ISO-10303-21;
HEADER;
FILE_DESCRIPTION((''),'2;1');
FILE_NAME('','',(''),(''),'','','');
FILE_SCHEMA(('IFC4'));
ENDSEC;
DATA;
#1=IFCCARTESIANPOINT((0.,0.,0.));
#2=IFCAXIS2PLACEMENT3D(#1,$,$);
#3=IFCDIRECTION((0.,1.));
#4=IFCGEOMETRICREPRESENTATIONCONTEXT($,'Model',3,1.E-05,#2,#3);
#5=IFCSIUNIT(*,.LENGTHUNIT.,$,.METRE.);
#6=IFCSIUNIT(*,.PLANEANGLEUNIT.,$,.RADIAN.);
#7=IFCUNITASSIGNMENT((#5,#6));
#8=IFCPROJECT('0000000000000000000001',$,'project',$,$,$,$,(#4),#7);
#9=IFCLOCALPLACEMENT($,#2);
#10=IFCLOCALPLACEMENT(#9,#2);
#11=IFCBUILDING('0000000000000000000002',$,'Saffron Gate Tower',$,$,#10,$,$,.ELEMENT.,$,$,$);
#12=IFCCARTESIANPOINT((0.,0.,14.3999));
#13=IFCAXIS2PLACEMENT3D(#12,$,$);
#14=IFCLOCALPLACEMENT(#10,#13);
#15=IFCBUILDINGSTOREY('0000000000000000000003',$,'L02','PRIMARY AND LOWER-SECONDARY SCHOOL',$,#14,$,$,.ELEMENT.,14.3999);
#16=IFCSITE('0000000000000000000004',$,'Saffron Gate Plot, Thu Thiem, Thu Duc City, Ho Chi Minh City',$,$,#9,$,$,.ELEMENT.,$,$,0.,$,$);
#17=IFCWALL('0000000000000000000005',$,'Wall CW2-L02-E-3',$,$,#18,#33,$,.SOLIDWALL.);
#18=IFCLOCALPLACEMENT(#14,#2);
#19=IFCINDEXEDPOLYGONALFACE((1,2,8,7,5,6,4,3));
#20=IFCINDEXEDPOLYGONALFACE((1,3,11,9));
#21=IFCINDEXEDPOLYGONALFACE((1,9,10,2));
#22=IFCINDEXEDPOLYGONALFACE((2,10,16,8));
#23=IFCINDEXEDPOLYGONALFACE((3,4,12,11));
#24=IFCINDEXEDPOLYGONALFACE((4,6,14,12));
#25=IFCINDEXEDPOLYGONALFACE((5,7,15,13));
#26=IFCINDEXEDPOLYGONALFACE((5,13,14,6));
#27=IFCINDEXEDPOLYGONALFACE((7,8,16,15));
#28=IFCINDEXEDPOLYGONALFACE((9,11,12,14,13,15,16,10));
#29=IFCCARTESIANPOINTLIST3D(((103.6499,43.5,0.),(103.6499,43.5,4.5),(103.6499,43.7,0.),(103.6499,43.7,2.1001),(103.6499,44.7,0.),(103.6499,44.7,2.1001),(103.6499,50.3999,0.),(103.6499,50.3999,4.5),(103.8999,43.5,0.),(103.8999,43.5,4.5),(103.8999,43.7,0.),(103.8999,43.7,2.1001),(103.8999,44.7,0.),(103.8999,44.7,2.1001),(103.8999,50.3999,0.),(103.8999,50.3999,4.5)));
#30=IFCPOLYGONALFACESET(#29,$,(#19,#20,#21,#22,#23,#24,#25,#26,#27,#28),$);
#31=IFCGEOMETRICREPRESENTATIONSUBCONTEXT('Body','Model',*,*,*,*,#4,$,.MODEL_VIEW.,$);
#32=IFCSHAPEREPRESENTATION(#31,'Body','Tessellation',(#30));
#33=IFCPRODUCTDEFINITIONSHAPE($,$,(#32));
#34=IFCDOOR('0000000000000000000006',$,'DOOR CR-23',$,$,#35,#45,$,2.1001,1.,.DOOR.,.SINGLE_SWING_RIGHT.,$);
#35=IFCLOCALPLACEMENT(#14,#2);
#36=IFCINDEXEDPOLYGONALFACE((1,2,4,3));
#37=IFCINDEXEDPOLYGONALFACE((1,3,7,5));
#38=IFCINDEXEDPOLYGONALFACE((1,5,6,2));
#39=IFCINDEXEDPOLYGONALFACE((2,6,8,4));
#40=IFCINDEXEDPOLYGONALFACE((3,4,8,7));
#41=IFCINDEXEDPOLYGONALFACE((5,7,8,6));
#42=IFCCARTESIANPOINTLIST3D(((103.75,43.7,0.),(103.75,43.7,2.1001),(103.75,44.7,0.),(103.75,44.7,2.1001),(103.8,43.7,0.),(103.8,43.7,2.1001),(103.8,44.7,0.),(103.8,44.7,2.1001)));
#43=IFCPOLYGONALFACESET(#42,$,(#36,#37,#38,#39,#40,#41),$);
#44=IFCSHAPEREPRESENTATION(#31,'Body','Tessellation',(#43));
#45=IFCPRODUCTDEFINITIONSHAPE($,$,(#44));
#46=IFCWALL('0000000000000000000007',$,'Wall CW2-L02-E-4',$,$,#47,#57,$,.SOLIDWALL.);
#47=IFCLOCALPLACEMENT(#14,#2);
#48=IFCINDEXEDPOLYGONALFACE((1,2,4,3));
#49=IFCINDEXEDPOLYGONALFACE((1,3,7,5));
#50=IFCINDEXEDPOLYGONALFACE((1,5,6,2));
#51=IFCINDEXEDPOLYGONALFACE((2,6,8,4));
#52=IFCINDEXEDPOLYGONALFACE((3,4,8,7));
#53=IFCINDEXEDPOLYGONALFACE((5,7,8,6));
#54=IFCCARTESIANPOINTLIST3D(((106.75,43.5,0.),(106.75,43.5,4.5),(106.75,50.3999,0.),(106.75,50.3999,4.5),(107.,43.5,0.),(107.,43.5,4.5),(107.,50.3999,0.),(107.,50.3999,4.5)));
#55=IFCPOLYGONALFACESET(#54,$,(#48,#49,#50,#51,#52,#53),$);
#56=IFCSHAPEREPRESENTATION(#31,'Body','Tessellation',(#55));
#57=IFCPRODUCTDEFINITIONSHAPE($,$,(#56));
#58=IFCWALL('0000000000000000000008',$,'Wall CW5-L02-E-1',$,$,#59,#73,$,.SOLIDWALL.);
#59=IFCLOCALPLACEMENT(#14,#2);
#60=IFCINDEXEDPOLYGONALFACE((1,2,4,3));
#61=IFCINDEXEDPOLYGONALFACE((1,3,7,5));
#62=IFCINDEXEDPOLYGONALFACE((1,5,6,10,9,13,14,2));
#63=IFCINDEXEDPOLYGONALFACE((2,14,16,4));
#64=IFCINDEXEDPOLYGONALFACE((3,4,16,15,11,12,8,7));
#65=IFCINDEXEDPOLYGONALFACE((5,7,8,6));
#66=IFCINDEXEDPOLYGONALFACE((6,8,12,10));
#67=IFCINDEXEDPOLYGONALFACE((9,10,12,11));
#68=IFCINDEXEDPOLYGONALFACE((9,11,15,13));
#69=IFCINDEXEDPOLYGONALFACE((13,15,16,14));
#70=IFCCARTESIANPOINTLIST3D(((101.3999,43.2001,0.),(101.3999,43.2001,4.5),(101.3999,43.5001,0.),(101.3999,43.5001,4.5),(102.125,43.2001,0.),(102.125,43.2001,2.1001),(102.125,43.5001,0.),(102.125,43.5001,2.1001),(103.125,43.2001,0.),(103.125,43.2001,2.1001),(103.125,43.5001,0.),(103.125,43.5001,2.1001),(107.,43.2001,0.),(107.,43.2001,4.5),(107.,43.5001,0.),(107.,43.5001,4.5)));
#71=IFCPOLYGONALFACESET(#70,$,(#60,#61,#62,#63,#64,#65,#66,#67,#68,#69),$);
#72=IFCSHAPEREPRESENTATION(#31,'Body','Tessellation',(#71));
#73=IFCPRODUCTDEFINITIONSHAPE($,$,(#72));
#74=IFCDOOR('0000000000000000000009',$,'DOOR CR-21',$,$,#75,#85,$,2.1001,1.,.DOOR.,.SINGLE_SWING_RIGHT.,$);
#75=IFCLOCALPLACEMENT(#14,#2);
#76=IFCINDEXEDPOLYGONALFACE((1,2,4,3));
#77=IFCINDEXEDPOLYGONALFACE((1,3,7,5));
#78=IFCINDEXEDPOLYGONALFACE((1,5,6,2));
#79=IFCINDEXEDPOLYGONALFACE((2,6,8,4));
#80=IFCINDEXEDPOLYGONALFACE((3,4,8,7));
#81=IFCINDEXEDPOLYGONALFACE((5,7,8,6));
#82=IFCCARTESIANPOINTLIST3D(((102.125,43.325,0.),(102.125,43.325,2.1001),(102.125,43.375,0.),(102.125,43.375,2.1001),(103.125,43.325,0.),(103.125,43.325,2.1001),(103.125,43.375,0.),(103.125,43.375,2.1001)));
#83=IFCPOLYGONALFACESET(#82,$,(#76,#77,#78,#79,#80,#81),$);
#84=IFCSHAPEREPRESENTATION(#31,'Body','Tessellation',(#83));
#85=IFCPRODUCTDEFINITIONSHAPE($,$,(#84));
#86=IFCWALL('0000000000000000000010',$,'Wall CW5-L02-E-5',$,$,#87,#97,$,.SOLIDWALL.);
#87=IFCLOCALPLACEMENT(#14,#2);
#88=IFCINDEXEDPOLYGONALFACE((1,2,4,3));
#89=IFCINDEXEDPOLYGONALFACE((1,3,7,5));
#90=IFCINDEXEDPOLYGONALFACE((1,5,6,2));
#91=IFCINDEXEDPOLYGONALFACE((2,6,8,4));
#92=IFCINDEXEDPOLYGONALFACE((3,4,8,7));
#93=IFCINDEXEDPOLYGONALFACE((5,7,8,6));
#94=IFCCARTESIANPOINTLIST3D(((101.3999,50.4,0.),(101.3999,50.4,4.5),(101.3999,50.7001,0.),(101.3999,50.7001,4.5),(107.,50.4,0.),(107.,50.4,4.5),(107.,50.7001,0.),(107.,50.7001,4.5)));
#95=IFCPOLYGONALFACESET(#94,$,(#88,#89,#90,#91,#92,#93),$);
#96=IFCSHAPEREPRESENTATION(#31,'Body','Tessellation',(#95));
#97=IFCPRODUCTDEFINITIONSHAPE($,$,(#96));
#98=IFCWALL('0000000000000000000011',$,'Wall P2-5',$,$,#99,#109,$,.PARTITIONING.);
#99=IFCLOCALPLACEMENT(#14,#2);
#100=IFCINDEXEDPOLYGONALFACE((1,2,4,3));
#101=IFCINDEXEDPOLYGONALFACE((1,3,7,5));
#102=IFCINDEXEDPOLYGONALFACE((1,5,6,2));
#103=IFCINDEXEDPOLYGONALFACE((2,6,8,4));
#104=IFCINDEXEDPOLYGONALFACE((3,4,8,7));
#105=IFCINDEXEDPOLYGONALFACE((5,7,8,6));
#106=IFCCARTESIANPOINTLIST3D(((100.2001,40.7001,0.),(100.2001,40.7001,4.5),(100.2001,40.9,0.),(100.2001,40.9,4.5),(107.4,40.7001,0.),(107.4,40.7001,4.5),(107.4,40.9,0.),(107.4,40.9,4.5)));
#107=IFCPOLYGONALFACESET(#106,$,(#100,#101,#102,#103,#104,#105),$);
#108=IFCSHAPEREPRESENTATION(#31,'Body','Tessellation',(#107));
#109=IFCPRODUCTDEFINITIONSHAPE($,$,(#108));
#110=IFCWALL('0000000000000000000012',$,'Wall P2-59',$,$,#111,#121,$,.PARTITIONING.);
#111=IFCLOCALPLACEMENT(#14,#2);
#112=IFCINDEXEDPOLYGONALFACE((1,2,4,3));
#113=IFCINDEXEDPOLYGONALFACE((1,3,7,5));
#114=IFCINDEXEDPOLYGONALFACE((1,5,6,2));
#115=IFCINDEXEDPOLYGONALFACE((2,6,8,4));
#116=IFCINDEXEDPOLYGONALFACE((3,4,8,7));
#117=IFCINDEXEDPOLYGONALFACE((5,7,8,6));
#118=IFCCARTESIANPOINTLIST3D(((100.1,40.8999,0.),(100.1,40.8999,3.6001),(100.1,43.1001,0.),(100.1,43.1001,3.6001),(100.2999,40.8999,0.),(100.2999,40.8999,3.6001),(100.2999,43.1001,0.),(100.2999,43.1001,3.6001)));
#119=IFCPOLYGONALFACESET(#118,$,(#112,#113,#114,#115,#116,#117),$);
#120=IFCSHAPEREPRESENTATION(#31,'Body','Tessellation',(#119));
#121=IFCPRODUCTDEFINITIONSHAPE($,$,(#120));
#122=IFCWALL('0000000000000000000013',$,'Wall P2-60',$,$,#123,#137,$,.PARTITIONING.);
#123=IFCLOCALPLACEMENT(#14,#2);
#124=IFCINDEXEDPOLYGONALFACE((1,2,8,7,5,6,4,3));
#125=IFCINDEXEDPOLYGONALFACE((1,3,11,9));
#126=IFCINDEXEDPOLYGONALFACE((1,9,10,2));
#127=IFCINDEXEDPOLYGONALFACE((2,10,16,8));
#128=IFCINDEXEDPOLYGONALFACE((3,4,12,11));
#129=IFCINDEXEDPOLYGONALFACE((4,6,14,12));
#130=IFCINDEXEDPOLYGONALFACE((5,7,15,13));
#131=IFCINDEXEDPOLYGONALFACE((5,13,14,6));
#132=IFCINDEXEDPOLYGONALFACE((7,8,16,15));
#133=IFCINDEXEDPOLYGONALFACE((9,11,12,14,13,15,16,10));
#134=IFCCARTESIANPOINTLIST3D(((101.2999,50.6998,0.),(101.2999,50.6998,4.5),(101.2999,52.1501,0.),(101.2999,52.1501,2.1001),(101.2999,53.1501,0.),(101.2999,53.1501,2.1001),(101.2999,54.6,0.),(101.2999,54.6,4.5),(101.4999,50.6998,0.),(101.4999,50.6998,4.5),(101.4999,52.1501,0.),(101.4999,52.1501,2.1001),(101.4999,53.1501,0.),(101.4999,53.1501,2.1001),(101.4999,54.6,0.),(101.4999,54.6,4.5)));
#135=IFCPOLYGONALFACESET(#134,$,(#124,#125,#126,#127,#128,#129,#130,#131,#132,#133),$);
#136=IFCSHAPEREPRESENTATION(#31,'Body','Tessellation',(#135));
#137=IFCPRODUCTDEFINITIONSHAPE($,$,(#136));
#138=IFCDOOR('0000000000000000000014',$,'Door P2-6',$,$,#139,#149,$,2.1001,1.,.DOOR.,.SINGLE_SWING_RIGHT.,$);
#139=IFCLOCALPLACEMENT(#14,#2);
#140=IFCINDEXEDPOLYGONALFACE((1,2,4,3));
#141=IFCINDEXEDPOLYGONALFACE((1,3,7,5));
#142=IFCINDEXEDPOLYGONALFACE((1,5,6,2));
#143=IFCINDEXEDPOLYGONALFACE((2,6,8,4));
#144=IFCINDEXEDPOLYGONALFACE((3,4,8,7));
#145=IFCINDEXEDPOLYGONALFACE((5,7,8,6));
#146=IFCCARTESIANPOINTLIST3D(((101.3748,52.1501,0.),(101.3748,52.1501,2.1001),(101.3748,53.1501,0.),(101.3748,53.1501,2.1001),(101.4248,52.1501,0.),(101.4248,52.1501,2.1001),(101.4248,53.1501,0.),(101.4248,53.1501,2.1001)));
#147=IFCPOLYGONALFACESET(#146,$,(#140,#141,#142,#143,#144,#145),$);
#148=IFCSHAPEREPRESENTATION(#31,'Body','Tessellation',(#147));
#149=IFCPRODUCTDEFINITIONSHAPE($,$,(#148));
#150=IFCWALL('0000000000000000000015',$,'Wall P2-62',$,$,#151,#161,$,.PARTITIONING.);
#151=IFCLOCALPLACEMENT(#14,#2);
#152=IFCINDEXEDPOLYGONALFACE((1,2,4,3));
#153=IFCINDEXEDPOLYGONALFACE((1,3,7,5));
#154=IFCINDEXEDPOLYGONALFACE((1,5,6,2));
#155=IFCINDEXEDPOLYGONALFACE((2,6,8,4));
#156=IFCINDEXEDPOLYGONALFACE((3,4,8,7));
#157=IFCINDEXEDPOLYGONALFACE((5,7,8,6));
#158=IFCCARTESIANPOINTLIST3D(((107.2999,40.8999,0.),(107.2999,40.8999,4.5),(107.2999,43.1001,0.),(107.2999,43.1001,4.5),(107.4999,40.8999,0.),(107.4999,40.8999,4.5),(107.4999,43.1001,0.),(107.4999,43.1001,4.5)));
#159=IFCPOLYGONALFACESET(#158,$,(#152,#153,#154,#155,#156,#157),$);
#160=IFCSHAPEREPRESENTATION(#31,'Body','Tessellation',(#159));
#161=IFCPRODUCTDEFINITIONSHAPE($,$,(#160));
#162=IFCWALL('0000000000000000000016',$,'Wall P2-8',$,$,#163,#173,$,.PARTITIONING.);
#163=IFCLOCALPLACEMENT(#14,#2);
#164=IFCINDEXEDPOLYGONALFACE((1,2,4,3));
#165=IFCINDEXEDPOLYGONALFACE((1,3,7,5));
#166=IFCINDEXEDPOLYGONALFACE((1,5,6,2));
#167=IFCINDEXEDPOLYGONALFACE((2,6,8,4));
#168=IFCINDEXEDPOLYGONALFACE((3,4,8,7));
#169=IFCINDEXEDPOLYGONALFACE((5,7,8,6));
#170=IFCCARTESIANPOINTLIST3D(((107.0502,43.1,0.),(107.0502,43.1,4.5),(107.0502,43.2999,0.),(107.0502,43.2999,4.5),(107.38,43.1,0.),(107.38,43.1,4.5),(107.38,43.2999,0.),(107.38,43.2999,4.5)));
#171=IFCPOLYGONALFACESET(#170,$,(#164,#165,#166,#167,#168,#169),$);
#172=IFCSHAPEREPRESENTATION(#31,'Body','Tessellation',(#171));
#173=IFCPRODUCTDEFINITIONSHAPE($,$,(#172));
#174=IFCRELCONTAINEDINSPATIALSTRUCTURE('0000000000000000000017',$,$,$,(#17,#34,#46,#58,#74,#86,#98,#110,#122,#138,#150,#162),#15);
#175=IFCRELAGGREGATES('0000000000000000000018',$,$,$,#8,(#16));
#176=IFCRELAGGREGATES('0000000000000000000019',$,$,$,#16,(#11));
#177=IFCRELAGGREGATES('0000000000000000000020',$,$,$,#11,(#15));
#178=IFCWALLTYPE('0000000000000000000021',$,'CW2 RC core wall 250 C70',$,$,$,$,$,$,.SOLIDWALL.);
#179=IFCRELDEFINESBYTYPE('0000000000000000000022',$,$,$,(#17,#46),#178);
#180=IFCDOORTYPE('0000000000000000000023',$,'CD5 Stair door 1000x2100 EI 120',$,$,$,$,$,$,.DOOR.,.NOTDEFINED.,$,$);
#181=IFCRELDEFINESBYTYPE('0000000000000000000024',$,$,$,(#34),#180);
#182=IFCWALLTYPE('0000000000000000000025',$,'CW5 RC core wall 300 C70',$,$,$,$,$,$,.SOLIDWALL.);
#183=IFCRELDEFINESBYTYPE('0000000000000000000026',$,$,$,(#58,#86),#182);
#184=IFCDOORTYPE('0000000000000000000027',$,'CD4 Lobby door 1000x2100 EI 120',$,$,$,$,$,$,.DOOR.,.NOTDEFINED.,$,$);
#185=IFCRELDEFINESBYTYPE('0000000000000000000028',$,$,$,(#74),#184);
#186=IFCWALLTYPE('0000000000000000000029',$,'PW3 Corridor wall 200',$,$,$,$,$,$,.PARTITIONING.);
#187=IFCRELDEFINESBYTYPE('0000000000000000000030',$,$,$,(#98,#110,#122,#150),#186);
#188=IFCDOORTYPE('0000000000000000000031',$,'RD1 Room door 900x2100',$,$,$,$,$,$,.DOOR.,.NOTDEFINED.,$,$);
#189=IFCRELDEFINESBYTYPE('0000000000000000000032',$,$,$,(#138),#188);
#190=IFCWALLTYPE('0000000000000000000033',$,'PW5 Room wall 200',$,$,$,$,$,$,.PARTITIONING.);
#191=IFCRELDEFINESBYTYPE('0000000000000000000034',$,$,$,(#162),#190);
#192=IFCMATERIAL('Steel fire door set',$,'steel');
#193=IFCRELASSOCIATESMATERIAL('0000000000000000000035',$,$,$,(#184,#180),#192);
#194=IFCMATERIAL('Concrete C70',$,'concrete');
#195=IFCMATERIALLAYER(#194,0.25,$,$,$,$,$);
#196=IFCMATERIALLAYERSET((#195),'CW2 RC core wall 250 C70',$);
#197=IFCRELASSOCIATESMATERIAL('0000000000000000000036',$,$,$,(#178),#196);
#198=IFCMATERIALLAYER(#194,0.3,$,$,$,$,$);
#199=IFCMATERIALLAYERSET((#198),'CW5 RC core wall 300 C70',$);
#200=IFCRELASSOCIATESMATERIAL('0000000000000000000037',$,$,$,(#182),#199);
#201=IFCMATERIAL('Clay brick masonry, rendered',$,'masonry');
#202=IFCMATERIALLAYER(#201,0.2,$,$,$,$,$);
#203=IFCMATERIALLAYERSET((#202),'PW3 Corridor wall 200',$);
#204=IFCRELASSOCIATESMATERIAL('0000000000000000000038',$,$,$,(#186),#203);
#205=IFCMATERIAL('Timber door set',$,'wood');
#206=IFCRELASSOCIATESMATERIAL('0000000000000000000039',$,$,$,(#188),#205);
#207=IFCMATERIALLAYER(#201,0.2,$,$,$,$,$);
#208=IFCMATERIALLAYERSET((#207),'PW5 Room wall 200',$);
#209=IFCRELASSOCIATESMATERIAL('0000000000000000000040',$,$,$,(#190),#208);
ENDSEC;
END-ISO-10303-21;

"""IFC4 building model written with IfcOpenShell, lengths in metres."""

from ifc_helpers import new_model, si_unit, direction, frame, frame_2d, origin, place, context, subcontext, project, spatial, rectangle, extrude, material, layer, layer_set, type_object, element, fill, save


model = new_model("IFC4")

# Units and contexts
model_context = context("Model", 3, precision=1e-05, world=origin(), true_north=direction((0.0, 1.0)))
body_context = subcontext(model_context, "Body", "Model", "MODEL_VIEW")
ifc_project = project(units=[si_unit("LENGTHUNIT", "METRE"), si_unit("PLANEANGLEUNIT", "RADIAN")], contexts=[model_context])

# Site, building, storey
site_placement = place(None, origin())
site = spatial("IfcSite", under=ifc_project, at=site_placement, Name="Saffron Gate Plot, Thu Thiem, Thu Duc City, Ho Chi Minh City", CompositionType="ELEMENT", RefElevation=0.0)
building_placement = place(site_placement, origin())
building = spatial("IfcBuilding", under=site, at=building_placement, Name="Saffron Gate Tower", CompositionType="ELEMENT")
storey_placement = place(building_placement, frame((0.0, 0.0, 14.3999)))
storey = spatial("IfcBuildingStorey", under=building, at=storey_placement, Name="L02", Description="PRIMARY AND LOWER-SECONDARY SCHOOL", CompositionType="ELEMENT", Elevation=14.3999)

# Wall, opening, door
ifc_material_1 = material(Name="Steel fire door set", Category="steel")
door_type_1 = type_object("IfcDoorType", Name="CD4 Lobby door 1000x2100 EI 120", OperationType="NOTDEFINED", PredefinedType="DOOR", material=ifc_material_1)
ifc_material_2 = material(Name="Concrete C70", Category="concrete")
ifc_layer_1 = layer(ifc_material_2, 0.25)
ifc_layer_set_1 = layer_set([ifc_layer_1], Name="CW2 RC core wall 250 C70")
wall_type_1 = type_object("IfcWallType", Name="CW2 RC core wall 250 C70", PredefinedType="SOLIDWALL", material=ifc_layer_set_1)
wall_1_placement = place(storey_placement, frame((103.7749, 43.5, 0.0), z_axis=(0.0, 0.0, 1.0), x_axis=(0.0, 1.0, 0.0)))
wall_1 = element("IfcWall", 1, at=wall_1_placement, inside=storey, type_object=wall_type_1, Name="Wall CW2-L02-E-3", PredefinedType="SOLIDWALL", context=body_context, shape_type="SweptSolid", body=[
    extrude(rectangle(XDim=6.8999, YDim=0.25, at=frame_2d((3.45, 0.0))), origin(), (0.0, 0.0, 1.0), 4.5),
])
opening_1_placement = place(wall_1_placement, frame((0.2, 0.0, 0.0)))
opening_1 = element("IfcOpeningElement", 2, at=opening_1_placement, cuts=wall_1, PredefinedType="OPENING", context=body_context, shape_type="SweptSolid", body=[
    extrude(rectangle(XDim=1.0, YDim=2.1001, at=frame_2d((0.5, 1.05))), frame((0.0, 0.135, 0.0), z_axis=(0.0, -1.0, 0.0), x_axis=(1.0, 0.0, 0.0)), (0.0, 0.0, 1.0), 0.27),
])
door_type_2 = type_object("IfcDoorType", Name="CD5 Stair door 1000x2100 EI 120", OperationType="NOTDEFINED", PredefinedType="DOOR", material=ifc_material_1)
door_1_placement = place(opening_1_placement, origin())
door_1 = element("IfcDoor", 3, at=door_1_placement, inside=storey, type_object=door_type_2, Name="DOOR CR-23", OperationType="SINGLE_SWING_RIGHT", OverallHeight=2.1001, OverallWidth=1.0, PredefinedType="DOOR", context=body_context, shape_type="SweptSolid", body=[
    extrude(rectangle(XDim=1.0, YDim=2.1001, at=frame_2d((0.5, 1.05))), frame((0.0, 0.0249, 0.0), z_axis=(0.0, -1.0, 0.0), x_axis=(1.0, 0.0, 0.0)), (0.0, 0.0, 1.0), 0.05),
])
fill(opening_1, door_1)

# Wall
wall_2_placement = place(storey_placement, frame((106.875, 43.5, 0.0), z_axis=(0.0, 0.0, 1.0), x_axis=(0.0, 1.0, 0.0)))
element("IfcWall", 4, at=wall_2_placement, inside=storey, type_object=wall_type_1, Name="Wall CW2-L02-E-4", PredefinedType="SOLIDWALL", context=body_context, shape_type="SweptSolid", body=[
    extrude(rectangle(XDim=6.8999, YDim=0.25, at=frame_2d((3.45, 0.0))), origin(), (0.0, 0.0, 1.0), 4.5),
])

# Wall, opening, door
ifc_layer_2 = layer(ifc_material_2, 0.3)
ifc_layer_set_2 = layer_set([ifc_layer_2], Name="CW5 RC core wall 300 C70")
wall_type_2 = type_object("IfcWallType", Name="CW5 RC core wall 300 C70", PredefinedType="SOLIDWALL", material=ifc_layer_set_2)
wall_3_placement = place(storey_placement, frame((101.3999, 43.3501, 0.0), z_axis=(0.0, 0.0, 1.0), x_axis=(1.0, 0.0, 0.0)))
wall_3 = element("IfcWall", 5, at=wall_3_placement, inside=storey, type_object=wall_type_2, Name="Wall CW5-L02-E-1", PredefinedType="SOLIDWALL", context=body_context, shape_type="SweptSolid", body=[
    extrude(rectangle(XDim=5.6001, YDim=0.3, at=frame_2d((2.8, 0.0))), origin(), (0.0, 0.0, 1.0), 4.5),
])
opening_2_placement = place(wall_3_placement, frame((0.7251, 0.0, 0.0)))
opening_2 = element("IfcOpeningElement", 6, at=opening_2_placement, cuts=wall_3, PredefinedType="OPENING", context=body_context, shape_type="SweptSolid", body=[
    extrude(rectangle(XDim=1.0, YDim=2.1001, at=frame_2d((0.5, 1.05))), frame((0.0, 0.1602, 0.0), z_axis=(0.0, -1.0, 0.0), x_axis=(1.0, 0.0, 0.0)), (0.0, 0.0, 1.0), 0.3201),
])
door_2_placement = place(opening_2_placement, origin())
door_2 = element("IfcDoor", 7, at=door_2_placement, inside=storey, type_object=door_type_1, Name="DOOR CR-21", OperationType="SINGLE_SWING_RIGHT", OverallHeight=2.1001, OverallWidth=1.0, PredefinedType="DOOR", context=body_context, shape_type="SweptSolid", body=[
    extrude(rectangle(XDim=1.0, YDim=2.1001, at=frame_2d((0.5, 1.05))), frame((0.0, 0.0249, 0.0), z_axis=(0.0, -1.0, 0.0), x_axis=(1.0, 0.0, 0.0)), (0.0, 0.0, 1.0), 0.05),
])
fill(opening_2, door_2)

# Walls
wall_4_placement = place(storey_placement, frame((101.3999, 50.55, 0.0), z_axis=(0.0, 0.0, 1.0), x_axis=(1.0, 0.0, 0.0)))
element("IfcWall", 8, at=wall_4_placement, inside=storey, type_object=wall_type_2, Name="Wall CW5-L02-E-5", PredefinedType="SOLIDWALL", context=body_context, shape_type="SweptSolid", body=[
    extrude(rectangle(XDim=5.6001, YDim=0.3, at=frame_2d((2.8, 0.0))), origin(), (0.0, 0.0, 1.0), 4.5),
])
ifc_material_3 = material(Name="Clay brick masonry, rendered", Category="masonry")
ifc_layer_3 = layer(ifc_material_3, 0.2)
ifc_layer_set_3 = layer_set([ifc_layer_3], Name="PW3 Corridor wall 200")
wall_type_3 = type_object("IfcWallType", Name="PW3 Corridor wall 200", PredefinedType="PARTITIONING", material=ifc_layer_set_3)
wall_5_placement = place(storey_placement, frame((100.2, 40.8, 0.0), z_axis=(0.0, 0.0, 1.0), x_axis=(1.0, 0.0, 0.0)))
element("IfcWall", 9, at=wall_5_placement, inside=storey, type_object=wall_type_3, Name="Wall P2-5", PredefinedType="PARTITIONING", context=body_context, shape_type="SweptSolid", body=[
    extrude(rectangle(XDim=7.2, YDim=0.2, at=frame_2d((3.6001, 0.0))), origin(), (0.0, 0.0, 1.0), 4.5),
])
wall_6_placement = place(storey_placement, frame((100.2, 43.1001, 0.0), z_axis=(0.0, 0.0, 1.0), x_axis=(0.0, -1.0, 0.0)))
element("IfcWall", 10, at=wall_6_placement, inside=storey, type_object=wall_type_3, Name="Wall P2-59", PredefinedType="PARTITIONING", context=body_context, shape_type="SweptSolid", body=[
    extrude(rectangle(XDim=2.2002, YDim=0.2, at=frame_2d((1.1001, 0.0))), origin(), (0.0, 0.0, 1.0), 3.6001),
])

# Wall, opening, door
wall_7_placement = place(storey_placement, frame((101.3999, 54.6001, 0.0), z_axis=(0.0, 0.0, 1.0), x_axis=(0.0, -1.0, 0.0)))
wall_7 = element("IfcWall", 11, at=wall_7_placement, inside=storey, type_object=wall_type_3, Name="Wall P2-60", PredefinedType="PARTITIONING", context=body_context, shape_type="SweptSolid", body=[
    extrude(rectangle(XDim=3.9001, YDim=0.2, at=frame_2d((1.9502, 0.0))), origin(), (0.0, 0.0, 1.0), 4.5),
])
opening_3_placement = place(wall_7_placement, frame((1.45, 0.0, 0.0)))
opening_3 = element("IfcOpeningElement", 12, at=opening_3_placement, cuts=wall_7, PredefinedType="OPENING", context=body_context, shape_type="SweptSolid", body=[
    extrude(rectangle(XDim=1.0, YDim=2.1001, at=frame_2d((0.5, 1.05))), frame((0.0, 0.1099, 0.0), z_axis=(0.0, -1.0, 0.0), x_axis=(1.0, 0.0, 0.0)), (0.0, 0.0, 1.0), 0.22),
])
ifc_material_4 = material(Name="Timber door set", Category="wood")
door_type_3 = type_object("IfcDoorType", Name="RD1 Room door 900x2100", OperationType="NOTDEFINED", PredefinedType="DOOR", material=ifc_material_4)
door_3_placement = place(opening_3_placement, origin())
door_3 = element("IfcDoor", 13, at=door_3_placement, inside=storey, type_object=door_type_3, Name="Door P2-6", OperationType="SINGLE_SWING_RIGHT", OverallHeight=2.1001, OverallWidth=1.0, PredefinedType="DOOR", context=body_context, shape_type="SweptSolid", body=[
    extrude(rectangle(XDim=1.0, YDim=2.1001, at=frame_2d((0.5, 1.05))), frame((0.0, 0.0249, 0.0), z_axis=(0.0, -1.0, 0.0), x_axis=(1.0, 0.0, 0.0)), (0.0, 0.0, 1.0), 0.05),
])
fill(opening_3, door_3)

# Walls
wall_8_placement = place(storey_placement, frame((107.3999, 43.1001, 0.0), z_axis=(0.0, 0.0, 1.0), x_axis=(0.0, -1.0, 0.0)))
element("IfcWall", 14, at=wall_8_placement, inside=storey, type_object=wall_type_3, Name="Wall P2-62", PredefinedType="PARTITIONING", context=body_context, shape_type="SweptSolid", body=[
    extrude(rectangle(XDim=2.2002, YDim=0.2, at=frame_2d((1.1001, 0.0))), origin(), (0.0, 0.0, 1.0), 4.5),
])
ifc_layer_4 = layer(ifc_material_3, 0.2)
ifc_layer_set_4 = layer_set([ifc_layer_4], Name="PW5 Room wall 200")
wall_type_4 = type_object("IfcWallType", Name="PW5 Room wall 200", PredefinedType="PARTITIONING", material=ifc_layer_set_4)
wall_9_placement = place(storey_placement, frame((107.05, 43.2, 0.0), z_axis=(0.0, 0.0, 1.0), x_axis=(1.0, 0.0, 0.0)))
element("IfcWall", 15, at=wall_9_placement, inside=storey, type_object=wall_type_4, Name="Wall P2-8", PredefinedType="PARTITIONING", context=body_context, shape_type="SweptSolid", body=[
    extrude(rectangle(XDim=0.3298, YDim=0.2, at=frame_2d((0.165, 0.0))), origin(), (0.0, 0.0, 1.0), 4.5),
])

save(model, "model.ifc")
